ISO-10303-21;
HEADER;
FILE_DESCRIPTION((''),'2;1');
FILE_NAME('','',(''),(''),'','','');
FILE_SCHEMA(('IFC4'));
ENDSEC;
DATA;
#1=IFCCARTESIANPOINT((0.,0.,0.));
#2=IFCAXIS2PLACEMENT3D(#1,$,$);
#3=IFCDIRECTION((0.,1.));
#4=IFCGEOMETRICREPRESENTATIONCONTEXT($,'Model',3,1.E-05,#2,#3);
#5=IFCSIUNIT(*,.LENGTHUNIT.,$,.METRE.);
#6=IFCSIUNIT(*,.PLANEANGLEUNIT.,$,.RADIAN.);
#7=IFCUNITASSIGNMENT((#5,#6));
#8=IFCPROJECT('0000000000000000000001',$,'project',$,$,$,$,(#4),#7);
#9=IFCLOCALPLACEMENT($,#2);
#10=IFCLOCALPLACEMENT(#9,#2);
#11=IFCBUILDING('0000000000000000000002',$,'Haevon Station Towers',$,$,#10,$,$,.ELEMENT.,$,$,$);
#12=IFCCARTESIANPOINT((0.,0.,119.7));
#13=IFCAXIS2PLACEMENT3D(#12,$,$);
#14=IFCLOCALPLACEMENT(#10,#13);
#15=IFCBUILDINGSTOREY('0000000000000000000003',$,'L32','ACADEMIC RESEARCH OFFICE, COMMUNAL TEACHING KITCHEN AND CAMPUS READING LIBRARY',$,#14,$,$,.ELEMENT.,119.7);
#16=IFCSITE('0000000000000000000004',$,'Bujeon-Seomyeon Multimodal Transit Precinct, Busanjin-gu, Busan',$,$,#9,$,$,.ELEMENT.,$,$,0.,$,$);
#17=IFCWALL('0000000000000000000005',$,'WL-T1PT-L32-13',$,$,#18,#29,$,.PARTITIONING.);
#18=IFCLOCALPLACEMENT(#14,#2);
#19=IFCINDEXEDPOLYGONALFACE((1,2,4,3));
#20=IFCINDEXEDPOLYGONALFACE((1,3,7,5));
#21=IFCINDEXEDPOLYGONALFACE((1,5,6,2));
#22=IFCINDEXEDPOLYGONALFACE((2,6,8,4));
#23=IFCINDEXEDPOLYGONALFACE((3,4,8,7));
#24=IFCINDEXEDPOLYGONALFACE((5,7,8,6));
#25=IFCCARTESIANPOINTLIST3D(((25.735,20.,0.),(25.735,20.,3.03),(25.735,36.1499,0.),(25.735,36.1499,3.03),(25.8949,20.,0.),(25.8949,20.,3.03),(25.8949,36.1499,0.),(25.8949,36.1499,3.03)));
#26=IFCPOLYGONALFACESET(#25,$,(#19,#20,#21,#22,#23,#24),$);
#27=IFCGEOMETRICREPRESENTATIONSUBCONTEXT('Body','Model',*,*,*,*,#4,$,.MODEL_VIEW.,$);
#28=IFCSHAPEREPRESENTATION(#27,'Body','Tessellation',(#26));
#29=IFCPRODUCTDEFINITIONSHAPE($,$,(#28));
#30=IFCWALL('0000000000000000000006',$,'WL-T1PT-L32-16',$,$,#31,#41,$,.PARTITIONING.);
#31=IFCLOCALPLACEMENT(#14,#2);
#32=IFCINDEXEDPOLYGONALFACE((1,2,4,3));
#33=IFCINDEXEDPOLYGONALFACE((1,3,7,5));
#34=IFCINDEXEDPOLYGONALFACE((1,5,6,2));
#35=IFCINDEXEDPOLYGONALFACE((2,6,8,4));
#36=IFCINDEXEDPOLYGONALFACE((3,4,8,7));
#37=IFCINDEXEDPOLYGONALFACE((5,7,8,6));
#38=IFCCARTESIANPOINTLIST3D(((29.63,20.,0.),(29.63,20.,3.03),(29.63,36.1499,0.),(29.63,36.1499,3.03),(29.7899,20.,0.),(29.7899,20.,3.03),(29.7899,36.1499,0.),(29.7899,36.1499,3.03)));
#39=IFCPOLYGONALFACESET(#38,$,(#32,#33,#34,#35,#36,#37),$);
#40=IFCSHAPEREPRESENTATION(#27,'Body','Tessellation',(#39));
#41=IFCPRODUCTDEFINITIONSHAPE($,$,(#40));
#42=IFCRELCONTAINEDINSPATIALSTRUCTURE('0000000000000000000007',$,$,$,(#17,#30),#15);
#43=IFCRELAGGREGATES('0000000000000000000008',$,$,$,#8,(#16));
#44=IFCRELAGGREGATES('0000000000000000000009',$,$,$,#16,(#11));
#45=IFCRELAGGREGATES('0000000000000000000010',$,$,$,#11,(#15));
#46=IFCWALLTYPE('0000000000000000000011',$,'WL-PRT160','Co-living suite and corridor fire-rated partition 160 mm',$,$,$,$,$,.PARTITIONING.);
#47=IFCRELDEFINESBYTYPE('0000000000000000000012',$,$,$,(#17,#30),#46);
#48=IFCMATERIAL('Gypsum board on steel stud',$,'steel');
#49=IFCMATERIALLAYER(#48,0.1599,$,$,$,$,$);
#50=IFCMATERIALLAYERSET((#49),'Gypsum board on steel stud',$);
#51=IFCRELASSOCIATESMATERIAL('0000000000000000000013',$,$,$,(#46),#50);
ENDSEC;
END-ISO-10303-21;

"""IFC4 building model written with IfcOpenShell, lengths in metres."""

from ifc_helpers import new_model, si_unit, direction, frame, frame_2d, origin, place, context, subcontext, project, spatial, rectangle, extrude, material, layer, layer_set, type_object, element, save


model = new_model("IFC4")

# Units and contexts
model_context = context("Model", 3, precision=1e-05, world=origin(), true_north=direction((0.0, 1.0)))
body_context = subcontext(model_context, "Body", "Model", "MODEL_VIEW")
ifc_project = project(units=[si_unit("LENGTHUNIT", "METRE"), si_unit("PLANEANGLEUNIT", "RADIAN")], contexts=[model_context])

# Site, building, storey
site_placement = place(None, origin())
site = spatial("IfcSite", under=ifc_project, at=site_placement, Name="Bujeon-Seomyeon Multimodal Transit Precinct, Busanjin-gu, Busan", CompositionType="ELEMENT", RefElevation=0.0)
building_placement = place(site_placement, origin())
building = spatial("IfcBuilding", under=site, at=building_placement, Name="Haevon Station Towers", CompositionType="ELEMENT")
storey_placement = place(building_placement, frame((0.0, 0.0, 119.7)))
storey = spatial("IfcBuildingStorey", under=building, at=storey_placement, Name="L32", Description="ACADEMIC RESEARCH OFFICE, COMMUNAL TEACHING KITCHEN AND CAMPUS READING LIBRARY", CompositionType="ELEMENT", Elevation=119.7)

# Shared definitions
ifc_material_1 = material(Name="Gypsum board on steel stud", Category="steel")
ifc_layer_1 = layer(ifc_material_1, 0.1599)
ifc_layer_set_1 = layer_set([ifc_layer_1], Name="Gypsum board on steel stud")
wall_type_1 = type_object("IfcWallType", Name="WL-PRT160", Description="Co-living suite and corridor fire-rated partition 160 mm", PredefinedType="PARTITIONING", material=ifc_layer_set_1)

# Walls
for number, where, z_axis, x_axis, name in (
    (1, (25.8149, 20.0, 0.0), (0.0, 0.0, 1.0), (0.0, 1.0, 0.0), "WL-T1PT-L32-13"),
    (2, (29.71, 20.0, 0.0), (0.0, 0.0, 1.0), (0.0, 1.0, 0.0), "WL-T1PT-L32-16"),
):
    element("IfcWall", number, at=place(storey_placement, frame(where, z_axis=z_axis, x_axis=x_axis)), inside=storey, type_object=wall_type_1, Name=name, PredefinedType="PARTITIONING", context=body_context, shape_type="SweptSolid", body=[
        extrude(rectangle(XDim=16.1499, YDim=0.1599, at=frame_2d((8.075, 0.0))), origin(), (0.0, 0.0, 1.0), 3.03),
    ])

save(model, "model.ifc")
